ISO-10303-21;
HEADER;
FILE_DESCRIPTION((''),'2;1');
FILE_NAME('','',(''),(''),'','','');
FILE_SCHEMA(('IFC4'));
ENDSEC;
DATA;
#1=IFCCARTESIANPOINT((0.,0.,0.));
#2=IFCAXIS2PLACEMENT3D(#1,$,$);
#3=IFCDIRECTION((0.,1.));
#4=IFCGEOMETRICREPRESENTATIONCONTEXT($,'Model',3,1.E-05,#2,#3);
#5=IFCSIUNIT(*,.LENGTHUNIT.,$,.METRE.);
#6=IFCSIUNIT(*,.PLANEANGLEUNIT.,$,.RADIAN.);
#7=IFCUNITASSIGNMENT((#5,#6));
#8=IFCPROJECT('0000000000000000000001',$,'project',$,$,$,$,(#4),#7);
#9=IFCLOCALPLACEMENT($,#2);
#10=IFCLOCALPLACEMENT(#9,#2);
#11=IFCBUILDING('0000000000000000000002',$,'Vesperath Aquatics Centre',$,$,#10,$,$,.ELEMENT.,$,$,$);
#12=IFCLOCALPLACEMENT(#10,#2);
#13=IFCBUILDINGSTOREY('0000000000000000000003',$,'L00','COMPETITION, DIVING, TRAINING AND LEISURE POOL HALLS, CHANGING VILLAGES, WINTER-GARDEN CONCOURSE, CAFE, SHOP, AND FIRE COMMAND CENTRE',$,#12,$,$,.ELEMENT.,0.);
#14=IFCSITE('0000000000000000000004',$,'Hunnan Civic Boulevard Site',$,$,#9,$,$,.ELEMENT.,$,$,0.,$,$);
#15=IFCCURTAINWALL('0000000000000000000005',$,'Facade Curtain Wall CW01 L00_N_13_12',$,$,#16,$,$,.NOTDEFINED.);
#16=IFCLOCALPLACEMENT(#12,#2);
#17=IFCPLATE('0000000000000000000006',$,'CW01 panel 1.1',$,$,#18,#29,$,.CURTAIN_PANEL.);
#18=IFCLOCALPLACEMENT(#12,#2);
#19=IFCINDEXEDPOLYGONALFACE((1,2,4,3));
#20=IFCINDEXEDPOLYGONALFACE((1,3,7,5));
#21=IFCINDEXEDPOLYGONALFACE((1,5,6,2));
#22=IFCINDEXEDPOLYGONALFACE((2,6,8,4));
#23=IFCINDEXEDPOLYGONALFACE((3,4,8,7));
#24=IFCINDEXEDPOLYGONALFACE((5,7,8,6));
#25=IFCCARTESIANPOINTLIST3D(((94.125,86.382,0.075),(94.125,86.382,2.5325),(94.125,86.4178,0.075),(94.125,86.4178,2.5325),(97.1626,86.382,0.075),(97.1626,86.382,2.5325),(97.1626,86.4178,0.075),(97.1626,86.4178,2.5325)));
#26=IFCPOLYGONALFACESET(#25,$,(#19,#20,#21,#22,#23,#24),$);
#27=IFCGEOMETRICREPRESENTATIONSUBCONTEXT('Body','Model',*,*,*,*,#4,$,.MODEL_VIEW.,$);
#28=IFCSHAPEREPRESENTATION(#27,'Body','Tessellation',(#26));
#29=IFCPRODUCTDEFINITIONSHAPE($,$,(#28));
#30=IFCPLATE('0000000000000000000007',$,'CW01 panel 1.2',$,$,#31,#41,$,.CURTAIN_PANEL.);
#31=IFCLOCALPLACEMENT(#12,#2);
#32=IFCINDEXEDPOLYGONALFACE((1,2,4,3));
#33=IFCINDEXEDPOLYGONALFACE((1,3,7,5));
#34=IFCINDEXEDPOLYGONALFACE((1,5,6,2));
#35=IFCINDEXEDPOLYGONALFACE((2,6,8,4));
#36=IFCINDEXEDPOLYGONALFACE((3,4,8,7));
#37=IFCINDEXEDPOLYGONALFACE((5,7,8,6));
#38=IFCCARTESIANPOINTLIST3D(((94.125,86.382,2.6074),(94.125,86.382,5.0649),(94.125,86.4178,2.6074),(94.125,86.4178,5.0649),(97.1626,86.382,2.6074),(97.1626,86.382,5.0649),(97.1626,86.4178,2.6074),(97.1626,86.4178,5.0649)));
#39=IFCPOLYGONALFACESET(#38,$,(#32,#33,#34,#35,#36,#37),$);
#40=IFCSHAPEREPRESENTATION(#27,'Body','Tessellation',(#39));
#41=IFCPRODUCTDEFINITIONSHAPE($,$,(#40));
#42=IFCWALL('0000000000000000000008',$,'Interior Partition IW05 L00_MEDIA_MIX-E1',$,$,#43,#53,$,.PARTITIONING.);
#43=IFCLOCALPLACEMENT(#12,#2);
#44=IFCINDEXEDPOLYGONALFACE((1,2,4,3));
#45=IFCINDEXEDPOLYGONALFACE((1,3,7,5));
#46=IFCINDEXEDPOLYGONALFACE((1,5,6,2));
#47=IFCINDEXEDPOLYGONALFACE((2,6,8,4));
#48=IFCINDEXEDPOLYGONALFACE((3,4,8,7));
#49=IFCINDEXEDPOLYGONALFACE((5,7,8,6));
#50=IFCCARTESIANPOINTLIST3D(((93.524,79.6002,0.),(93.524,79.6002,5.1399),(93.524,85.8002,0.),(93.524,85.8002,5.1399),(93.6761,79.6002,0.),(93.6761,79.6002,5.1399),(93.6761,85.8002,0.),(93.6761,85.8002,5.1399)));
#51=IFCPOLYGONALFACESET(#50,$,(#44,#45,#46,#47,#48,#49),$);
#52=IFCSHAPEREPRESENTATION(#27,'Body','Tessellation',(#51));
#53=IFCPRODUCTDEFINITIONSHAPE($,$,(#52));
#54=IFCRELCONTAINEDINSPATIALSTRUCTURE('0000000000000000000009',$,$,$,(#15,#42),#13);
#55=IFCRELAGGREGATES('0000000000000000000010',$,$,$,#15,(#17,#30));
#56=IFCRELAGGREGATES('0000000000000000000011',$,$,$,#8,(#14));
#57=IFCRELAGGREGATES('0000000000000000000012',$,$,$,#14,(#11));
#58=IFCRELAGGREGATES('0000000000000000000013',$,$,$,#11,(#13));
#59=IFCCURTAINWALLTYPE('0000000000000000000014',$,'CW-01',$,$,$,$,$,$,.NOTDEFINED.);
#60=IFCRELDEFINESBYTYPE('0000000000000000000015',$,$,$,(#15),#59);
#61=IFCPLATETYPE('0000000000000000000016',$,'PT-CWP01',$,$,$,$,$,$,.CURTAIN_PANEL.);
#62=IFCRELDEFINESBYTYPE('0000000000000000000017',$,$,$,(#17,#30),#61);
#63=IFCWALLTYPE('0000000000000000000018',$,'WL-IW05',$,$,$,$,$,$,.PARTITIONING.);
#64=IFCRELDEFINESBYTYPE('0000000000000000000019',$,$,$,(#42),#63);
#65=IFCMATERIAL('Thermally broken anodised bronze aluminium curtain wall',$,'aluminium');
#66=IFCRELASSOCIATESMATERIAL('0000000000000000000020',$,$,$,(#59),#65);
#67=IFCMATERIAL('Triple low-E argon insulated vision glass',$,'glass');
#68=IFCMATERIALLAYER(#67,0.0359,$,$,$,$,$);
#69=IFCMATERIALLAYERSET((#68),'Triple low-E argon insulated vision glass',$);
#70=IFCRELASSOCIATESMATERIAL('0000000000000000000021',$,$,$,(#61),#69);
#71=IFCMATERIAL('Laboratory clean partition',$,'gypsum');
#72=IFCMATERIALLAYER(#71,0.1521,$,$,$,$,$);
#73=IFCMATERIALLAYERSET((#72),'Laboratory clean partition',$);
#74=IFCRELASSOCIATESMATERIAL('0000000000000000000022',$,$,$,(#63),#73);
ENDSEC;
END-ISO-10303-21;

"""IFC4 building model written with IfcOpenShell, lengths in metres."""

from ifc_helpers import new_model, si_unit, direction, frame, frame_2d, origin, origin_2d, place, context, subcontext, project, spatial, rectangle, extrude, material, layer, layer_set, type_object, element, aggregate, save


model = new_model("IFC4")

# Units and contexts
model_context = context("Model", 3, precision=1e-05, world=origin(), true_north=direction((0.0, 1.0)))
body_context = subcontext(model_context, "Body", "Model", "MODEL_VIEW")
ifc_project = project(units=[si_unit("LENGTHUNIT", "METRE"), si_unit("PLANEANGLEUNIT", "RADIAN")], contexts=[model_context])

# Site, building, storey
site_placement = place(None, origin())
site = spatial("IfcSite", under=ifc_project, at=site_placement, Name="Hunnan Civic Boulevard Site", CompositionType="ELEMENT", RefElevation=0.0)
building_placement = place(site_placement, origin())
building = spatial("IfcBuilding", under=site, at=building_placement, Name="Vesperath Aquatics Centre", CompositionType="ELEMENT")
storey_placement = place(building_placement, origin())
storey = spatial("IfcBuildingStorey", under=building, at=storey_placement, Name="L00", Description="COMPETITION, DIVING, TRAINING AND LEISURE POOL HALLS, CHANGING VILLAGES, WINTER-GARDEN CONCOURSE, CAFE, SHOP, AND FIRE COMMAND CENTRE", CompositionType="ELEMENT", Elevation=0.0)

# Curtain wall
ifc_material_1 = material(Name="Thermally broken anodised bronze aluminium curtain wall", Category="aluminium")
curtain_wall_type = type_object("IfcCurtainWallType", Name="CW-01", PredefinedType="NOTDEFINED", material=ifc_material_1)
curtain_wall_1_placement = place(storey_placement, origin())
curtain_wall_1 = element("IfcCurtainWall", 1, at=curtain_wall_1_placement, inside=storey, type_object=curtain_wall_type, Name="Facade Curtain Wall CW01 L00_N_13_12", PredefinedType="NOTDEFINED")

# Plates
ifc_material_2 = material(Name="Triple low-E argon insulated vision glass", Category="glass")
ifc_layer_1 = layer(ifc_material_2, 0.0359)
ifc_layer_set_1 = layer_set([ifc_layer_1], Name="Triple low-E argon insulated vision glass")
plate_type = type_object("IfcPlateType", Name="PT-CWP01", PredefinedType="CURTAIN_PANEL", material=ifc_layer_set_1)
plate_1_placement = place(storey_placement, frame((95.6438, 86.3999, 0.075), z_axis=(0.0, 0.0, 1.0), x_axis=(1.0, 0.0, 0.0)))
plate_1 = element("IfcPlate", 2, at=plate_1_placement, type_object=plate_type, Name="CW01 panel 1.1", PredefinedType="CURTAIN_PANEL", context=body_context, shape_type="SweptSolid", body=[
    extrude(rectangle(XDim=3.0376, YDim=0.0359, at=origin_2d()), origin(), (0.0, 0.0, 1.0), 2.4575),
])
plate_2_placement = place(storey_placement, frame((95.6438, 86.3999, 2.6074), z_axis=(0.0, 0.0, 1.0), x_axis=(1.0, 0.0, 0.0)))
plate_2 = element("IfcPlate", 3, at=plate_2_placement, type_object=plate_type, Name="CW01 panel 1.2", PredefinedType="CURTAIN_PANEL", context=body_context, shape_type="SweptSolid", body=[
    extrude(rectangle(XDim=3.0376, YDim=0.0359, at=origin_2d()), origin(), (0.0, 0.0, 1.0), 2.4575),
])
aggregate(curtain_wall_1, [plate_1, plate_2])

# Wall
ifc_material_3 = material(Name="Laboratory clean partition", Category="gypsum")
ifc_layer_2 = layer(ifc_material_3, 0.1521)
ifc_layer_set_2 = layer_set([ifc_layer_2], Name="Laboratory clean partition")
wall_type_1 = type_object("IfcWallType", Name="WL-IW05", PredefinedType="PARTITIONING", material=ifc_layer_set_2)
wall_1_placement = place(storey_placement, frame((93.6001, 79.6001, 0.0), z_axis=(0.0, 0.0, 1.0), x_axis=(0.0, 1.0, 0.0)))
element("IfcWall", 4, at=wall_1_placement, inside=storey, type_object=wall_type_1, Name="Interior Partition IW05 L00_MEDIA_MIX-E1", PredefinedType="PARTITIONING", context=body_context, shape_type="SweptSolid", body=[
    extrude(rectangle(XDim=6.2, YDim=0.1521, at=frame_2d((3.1001, 0.0))), origin(), (0.0, 0.0, 1.0), 5.1399),
])

save(model, "model.ifc")
